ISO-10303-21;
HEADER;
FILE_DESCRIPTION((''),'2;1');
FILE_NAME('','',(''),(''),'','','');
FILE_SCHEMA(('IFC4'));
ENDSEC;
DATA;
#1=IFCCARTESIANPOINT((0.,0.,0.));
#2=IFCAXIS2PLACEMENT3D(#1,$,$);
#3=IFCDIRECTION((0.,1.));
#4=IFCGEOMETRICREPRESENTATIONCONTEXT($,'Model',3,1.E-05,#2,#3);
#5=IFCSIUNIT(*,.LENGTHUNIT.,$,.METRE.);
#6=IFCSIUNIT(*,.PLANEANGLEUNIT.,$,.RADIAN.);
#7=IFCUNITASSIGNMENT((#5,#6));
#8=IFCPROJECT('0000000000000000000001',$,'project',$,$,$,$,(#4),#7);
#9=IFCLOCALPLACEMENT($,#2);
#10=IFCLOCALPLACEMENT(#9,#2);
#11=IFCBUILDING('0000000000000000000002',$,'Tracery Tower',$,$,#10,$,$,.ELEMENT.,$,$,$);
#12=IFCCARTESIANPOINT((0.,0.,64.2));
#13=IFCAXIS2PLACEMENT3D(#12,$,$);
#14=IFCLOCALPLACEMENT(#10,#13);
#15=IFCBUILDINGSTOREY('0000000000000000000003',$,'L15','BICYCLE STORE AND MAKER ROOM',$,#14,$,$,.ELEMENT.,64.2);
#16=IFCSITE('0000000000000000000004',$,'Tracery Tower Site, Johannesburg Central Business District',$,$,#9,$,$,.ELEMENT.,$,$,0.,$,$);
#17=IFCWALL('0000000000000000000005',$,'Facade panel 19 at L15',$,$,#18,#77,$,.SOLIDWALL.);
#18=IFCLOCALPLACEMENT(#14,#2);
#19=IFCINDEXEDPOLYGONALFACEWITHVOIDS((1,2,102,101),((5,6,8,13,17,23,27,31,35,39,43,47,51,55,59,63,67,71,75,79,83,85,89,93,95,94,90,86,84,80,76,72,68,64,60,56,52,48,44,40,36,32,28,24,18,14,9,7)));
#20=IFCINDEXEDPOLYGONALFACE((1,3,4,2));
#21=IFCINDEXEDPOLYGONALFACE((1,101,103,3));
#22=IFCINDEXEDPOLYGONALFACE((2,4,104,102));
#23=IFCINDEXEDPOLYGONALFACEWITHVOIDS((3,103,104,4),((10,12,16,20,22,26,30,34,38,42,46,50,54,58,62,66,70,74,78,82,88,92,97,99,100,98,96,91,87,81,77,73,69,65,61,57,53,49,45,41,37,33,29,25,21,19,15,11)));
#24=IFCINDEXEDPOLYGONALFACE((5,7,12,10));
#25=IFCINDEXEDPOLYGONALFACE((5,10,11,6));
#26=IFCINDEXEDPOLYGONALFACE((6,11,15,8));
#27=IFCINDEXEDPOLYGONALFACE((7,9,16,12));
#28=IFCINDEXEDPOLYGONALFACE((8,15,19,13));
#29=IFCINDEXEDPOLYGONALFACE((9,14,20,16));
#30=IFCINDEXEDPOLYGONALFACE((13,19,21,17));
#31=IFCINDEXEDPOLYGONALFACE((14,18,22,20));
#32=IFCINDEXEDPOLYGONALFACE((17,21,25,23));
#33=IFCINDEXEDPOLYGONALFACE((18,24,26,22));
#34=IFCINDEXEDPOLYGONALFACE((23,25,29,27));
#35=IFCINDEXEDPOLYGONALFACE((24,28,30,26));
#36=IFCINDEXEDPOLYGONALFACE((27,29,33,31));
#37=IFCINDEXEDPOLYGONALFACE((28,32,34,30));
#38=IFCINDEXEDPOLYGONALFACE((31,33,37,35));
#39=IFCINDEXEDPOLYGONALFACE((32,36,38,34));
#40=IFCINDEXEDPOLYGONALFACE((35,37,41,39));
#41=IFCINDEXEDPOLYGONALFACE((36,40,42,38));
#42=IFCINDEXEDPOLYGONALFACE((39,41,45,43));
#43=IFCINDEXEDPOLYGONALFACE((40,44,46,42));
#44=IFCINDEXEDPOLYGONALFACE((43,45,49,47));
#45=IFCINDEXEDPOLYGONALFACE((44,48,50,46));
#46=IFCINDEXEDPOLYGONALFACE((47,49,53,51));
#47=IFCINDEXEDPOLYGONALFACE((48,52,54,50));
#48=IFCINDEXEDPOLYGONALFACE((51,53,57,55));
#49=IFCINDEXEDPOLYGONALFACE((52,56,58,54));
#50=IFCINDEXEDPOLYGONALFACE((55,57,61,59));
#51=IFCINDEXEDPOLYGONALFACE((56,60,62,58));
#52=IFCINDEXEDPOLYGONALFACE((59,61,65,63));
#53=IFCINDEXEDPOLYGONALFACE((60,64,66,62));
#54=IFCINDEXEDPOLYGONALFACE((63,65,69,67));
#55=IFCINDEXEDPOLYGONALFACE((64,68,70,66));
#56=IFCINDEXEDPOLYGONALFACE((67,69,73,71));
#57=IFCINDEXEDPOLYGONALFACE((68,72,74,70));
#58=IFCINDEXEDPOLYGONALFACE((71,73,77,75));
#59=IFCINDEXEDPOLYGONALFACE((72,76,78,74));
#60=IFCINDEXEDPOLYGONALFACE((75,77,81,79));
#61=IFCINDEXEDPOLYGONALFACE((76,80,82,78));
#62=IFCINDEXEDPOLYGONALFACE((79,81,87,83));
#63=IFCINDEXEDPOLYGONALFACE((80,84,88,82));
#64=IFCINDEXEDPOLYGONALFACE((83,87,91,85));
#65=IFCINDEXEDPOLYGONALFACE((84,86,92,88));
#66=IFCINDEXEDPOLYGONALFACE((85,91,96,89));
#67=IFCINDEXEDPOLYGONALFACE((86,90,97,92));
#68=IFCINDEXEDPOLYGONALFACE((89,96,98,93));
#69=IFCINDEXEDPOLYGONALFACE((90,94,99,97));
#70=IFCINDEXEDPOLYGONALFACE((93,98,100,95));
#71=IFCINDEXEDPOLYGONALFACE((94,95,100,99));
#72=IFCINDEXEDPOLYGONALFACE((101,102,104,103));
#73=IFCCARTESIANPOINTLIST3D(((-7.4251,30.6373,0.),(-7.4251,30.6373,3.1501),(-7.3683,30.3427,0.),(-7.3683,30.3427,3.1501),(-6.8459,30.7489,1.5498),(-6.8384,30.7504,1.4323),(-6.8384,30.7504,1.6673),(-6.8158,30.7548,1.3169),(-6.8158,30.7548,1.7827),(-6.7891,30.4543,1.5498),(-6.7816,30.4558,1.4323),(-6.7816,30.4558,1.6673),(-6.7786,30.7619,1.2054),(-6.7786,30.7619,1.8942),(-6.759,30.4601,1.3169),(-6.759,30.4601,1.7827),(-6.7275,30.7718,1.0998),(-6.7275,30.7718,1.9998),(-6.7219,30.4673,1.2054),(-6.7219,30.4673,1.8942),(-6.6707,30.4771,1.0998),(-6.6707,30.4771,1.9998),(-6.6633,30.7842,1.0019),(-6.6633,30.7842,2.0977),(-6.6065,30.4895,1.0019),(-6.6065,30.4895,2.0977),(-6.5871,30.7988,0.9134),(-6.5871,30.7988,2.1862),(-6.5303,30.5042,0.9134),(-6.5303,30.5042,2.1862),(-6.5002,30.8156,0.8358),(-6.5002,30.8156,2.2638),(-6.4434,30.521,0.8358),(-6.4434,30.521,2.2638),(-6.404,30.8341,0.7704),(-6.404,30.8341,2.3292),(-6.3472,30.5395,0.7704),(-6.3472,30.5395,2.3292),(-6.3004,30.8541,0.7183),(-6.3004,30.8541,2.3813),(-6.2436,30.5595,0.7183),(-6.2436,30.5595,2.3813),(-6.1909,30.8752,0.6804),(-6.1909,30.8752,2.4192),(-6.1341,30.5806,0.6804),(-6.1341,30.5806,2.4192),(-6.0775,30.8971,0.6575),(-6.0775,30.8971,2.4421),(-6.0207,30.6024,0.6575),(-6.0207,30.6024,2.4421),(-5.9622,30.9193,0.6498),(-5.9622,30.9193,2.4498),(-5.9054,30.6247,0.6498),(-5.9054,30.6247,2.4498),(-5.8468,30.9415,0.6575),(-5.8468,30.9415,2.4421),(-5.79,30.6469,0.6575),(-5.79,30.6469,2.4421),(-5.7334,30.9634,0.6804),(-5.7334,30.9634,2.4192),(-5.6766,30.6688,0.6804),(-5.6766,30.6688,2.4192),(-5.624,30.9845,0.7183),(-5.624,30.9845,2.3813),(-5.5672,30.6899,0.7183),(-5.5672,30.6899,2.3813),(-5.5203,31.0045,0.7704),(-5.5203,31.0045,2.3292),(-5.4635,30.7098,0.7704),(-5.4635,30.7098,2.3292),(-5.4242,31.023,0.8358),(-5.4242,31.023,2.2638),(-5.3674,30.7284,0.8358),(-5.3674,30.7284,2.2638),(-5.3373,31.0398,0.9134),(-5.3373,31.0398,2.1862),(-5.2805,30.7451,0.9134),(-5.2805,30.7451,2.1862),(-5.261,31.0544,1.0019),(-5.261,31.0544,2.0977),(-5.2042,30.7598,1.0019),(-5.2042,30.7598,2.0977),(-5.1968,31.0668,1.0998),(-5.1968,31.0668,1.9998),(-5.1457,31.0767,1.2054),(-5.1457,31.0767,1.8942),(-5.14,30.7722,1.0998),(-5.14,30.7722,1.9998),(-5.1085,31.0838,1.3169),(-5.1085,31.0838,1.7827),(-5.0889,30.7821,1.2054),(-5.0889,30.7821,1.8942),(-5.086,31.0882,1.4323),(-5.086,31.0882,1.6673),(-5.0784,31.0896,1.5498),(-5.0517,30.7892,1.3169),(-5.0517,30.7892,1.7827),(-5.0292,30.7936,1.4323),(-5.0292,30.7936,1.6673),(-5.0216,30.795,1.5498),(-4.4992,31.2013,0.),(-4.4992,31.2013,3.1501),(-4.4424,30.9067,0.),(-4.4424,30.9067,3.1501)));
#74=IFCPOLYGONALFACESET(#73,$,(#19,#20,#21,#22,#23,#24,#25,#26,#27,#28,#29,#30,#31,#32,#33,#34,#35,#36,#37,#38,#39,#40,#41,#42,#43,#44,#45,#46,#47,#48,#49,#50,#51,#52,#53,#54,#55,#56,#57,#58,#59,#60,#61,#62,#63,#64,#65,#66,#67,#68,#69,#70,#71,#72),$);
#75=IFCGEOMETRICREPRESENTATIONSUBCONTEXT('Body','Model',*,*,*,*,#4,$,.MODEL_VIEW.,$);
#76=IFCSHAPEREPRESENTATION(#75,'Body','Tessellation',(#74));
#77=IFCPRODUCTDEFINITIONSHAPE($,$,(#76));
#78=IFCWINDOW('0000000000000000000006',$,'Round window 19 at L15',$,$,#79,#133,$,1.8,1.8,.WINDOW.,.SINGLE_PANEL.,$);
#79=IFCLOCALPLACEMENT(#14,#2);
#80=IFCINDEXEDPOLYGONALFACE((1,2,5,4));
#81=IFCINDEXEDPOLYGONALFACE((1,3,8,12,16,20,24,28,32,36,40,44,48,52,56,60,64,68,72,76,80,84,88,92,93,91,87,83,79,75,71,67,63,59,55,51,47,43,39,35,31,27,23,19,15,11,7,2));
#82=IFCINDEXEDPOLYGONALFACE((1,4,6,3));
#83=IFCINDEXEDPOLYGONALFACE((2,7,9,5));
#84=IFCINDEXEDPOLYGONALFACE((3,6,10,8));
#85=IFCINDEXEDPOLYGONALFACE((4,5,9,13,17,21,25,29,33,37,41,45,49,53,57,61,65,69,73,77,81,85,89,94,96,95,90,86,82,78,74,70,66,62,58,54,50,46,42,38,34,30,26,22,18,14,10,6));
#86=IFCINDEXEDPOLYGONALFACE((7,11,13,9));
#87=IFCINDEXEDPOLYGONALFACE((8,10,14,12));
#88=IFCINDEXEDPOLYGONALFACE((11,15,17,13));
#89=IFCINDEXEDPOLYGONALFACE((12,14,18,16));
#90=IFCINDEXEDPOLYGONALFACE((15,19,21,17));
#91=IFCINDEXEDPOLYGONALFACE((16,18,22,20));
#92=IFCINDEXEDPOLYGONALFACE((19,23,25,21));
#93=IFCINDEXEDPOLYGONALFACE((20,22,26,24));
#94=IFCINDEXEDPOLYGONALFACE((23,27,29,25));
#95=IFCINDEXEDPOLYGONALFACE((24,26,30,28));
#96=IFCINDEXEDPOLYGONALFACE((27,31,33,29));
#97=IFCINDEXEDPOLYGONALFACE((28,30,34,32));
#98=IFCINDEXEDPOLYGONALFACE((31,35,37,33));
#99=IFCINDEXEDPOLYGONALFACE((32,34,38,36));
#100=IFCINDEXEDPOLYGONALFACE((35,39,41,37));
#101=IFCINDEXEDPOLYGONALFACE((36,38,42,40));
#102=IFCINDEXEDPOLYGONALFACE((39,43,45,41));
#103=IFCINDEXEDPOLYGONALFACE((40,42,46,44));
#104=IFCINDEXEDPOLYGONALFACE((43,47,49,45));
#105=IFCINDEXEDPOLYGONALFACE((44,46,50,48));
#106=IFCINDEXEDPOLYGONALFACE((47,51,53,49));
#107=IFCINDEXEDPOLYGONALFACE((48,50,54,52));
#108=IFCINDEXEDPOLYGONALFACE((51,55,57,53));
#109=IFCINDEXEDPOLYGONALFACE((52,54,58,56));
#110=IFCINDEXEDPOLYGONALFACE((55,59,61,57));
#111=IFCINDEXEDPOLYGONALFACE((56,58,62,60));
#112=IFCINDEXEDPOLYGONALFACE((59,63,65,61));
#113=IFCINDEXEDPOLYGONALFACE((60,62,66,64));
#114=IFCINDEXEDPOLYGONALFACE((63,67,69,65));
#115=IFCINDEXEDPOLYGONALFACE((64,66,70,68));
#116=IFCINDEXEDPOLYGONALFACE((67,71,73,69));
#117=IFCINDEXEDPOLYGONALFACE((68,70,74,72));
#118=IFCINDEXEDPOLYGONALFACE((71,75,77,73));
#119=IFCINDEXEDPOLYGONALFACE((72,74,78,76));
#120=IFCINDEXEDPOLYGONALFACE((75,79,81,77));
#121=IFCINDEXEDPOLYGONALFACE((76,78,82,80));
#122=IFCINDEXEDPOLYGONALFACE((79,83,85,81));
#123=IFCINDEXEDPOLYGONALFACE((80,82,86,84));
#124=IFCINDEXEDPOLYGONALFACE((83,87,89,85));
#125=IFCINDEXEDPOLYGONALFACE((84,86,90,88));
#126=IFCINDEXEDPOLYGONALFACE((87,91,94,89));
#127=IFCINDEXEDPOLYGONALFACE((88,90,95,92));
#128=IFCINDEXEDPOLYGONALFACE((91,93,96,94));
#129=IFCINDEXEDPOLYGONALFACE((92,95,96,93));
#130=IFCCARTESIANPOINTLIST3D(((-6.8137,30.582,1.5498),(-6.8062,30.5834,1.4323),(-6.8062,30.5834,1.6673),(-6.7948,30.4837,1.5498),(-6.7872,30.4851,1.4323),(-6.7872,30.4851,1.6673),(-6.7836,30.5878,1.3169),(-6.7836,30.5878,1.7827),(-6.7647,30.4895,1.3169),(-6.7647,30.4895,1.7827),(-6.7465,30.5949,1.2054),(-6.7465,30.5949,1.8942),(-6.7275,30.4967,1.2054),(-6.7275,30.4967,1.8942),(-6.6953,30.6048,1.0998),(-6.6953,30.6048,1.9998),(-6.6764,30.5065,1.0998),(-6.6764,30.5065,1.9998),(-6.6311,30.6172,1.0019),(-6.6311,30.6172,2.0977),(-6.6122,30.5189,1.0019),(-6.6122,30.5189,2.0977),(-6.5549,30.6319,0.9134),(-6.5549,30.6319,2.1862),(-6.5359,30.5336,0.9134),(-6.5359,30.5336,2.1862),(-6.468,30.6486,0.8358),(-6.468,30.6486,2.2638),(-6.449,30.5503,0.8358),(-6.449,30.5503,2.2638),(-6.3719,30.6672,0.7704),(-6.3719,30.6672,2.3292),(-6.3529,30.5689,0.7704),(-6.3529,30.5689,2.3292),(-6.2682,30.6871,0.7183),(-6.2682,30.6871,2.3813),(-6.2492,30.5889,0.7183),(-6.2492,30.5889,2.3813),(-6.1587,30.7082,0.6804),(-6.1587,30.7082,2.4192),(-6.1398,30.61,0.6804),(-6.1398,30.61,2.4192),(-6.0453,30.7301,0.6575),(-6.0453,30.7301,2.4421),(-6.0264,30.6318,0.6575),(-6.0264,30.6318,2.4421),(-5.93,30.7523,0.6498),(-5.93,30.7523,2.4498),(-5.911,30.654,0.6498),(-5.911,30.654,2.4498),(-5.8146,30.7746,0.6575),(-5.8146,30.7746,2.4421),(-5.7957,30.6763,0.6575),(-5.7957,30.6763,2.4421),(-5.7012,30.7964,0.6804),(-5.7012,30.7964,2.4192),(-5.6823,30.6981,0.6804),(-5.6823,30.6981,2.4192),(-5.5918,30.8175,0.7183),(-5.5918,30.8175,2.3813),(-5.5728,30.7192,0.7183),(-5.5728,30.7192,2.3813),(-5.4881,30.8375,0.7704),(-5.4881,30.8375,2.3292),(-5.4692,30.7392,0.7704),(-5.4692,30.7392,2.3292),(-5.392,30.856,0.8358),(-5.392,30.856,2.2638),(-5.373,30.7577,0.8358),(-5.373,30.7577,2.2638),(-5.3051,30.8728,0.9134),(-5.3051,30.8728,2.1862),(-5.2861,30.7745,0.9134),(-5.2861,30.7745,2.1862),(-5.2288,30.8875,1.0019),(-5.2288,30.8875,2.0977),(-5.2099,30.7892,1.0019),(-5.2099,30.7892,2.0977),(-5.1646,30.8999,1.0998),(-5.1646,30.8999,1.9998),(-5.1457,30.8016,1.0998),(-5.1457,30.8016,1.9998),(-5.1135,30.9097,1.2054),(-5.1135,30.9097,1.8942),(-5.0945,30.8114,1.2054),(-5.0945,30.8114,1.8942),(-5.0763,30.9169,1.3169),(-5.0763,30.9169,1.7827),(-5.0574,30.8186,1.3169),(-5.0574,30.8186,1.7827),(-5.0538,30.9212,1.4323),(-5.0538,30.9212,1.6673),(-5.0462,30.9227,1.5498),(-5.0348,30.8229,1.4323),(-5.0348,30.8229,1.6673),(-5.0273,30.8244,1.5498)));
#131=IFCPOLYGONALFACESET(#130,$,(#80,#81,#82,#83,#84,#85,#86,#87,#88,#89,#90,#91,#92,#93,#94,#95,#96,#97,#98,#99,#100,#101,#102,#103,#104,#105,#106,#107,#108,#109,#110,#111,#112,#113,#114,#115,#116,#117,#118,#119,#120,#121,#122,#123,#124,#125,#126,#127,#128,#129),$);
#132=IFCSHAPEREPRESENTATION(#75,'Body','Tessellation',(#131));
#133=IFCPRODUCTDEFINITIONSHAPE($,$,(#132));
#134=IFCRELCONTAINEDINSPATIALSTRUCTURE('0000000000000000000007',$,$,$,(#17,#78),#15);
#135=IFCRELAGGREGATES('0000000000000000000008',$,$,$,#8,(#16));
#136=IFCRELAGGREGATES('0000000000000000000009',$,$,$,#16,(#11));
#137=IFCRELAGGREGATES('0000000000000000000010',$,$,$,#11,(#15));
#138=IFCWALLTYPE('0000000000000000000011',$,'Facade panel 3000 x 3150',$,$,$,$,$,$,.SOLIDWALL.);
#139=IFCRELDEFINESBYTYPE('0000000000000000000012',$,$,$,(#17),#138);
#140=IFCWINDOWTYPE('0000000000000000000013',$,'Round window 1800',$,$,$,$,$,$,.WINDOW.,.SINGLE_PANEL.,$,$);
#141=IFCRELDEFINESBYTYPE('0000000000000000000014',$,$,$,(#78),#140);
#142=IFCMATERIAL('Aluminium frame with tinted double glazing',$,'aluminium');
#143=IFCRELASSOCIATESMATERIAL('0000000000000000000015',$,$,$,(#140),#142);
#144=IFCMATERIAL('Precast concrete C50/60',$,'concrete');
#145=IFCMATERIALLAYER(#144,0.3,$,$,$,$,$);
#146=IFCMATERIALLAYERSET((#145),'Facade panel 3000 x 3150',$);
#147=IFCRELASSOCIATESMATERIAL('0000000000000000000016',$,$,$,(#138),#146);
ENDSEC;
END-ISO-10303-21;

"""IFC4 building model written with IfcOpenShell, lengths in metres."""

from ifc_helpers import new_model, si_unit, direction, frame, frame_2d, origin, origin_2d, place, context, subcontext, project, spatial, rectangle, circle, extrude, material, layer, layer_set, type_object, element, fill, save


model = new_model("IFC4")

# Units and contexts
model_context = context("Model", 3, precision=1e-05, world=origin(), true_north=direction((0.0, 1.0)))
body_context = subcontext(model_context, "Body", "Model", "MODEL_VIEW")
ifc_project = project(units=[si_unit("LENGTHUNIT", "METRE"), si_unit("PLANEANGLEUNIT", "RADIAN")], contexts=[model_context])

# Site, building, storey
site_placement = place(None, origin())
site = spatial("IfcSite", under=ifc_project, at=site_placement, Name="Tracery Tower Site, Johannesburg Central Business District", CompositionType="ELEMENT", RefElevation=0.0)
building_placement = place(site_placement, origin())
building = spatial("IfcBuilding", under=site, at=building_placement, Name="Tracery Tower", CompositionType="ELEMENT")
storey_placement = place(building_placement, frame((0.0, 0.0, 64.2)))
storey = spatial("IfcBuildingStorey", under=building, at=storey_placement, Name="L15", Description="BICYCLE STORE AND MAKER ROOM", CompositionType="ELEMENT", Elevation=64.2)

# Wall, opening, window
ifc_material_1 = material(Name="Aluminium frame with tinted double glazing", Category="aluminium")
window_type = type_object("IfcWindowType", Name="Round window 1800", PartitioningType="SINGLE_PANEL", PredefinedType="WINDOW", material=ifc_material_1)
ifc_material_2 = material(Name="Precast concrete C50/60", Category="concrete")
ifc_layer_1 = layer(ifc_material_2, 0.3)
ifc_layer_set_1 = layer_set([ifc_layer_1], Name="Facade panel 3000 x 3150")
wall_type_1 = type_object("IfcWallType", Name="Facade panel 3000 x 3150", PredefinedType="SOLIDWALL", material=ifc_layer_set_1)
wall_1_placement = place(storey_placement, frame((-4.4709, 31.054, 0.0), z_axis=(0.0, 0.0, 1.0), x_axis=(-0.981925, -0.189273, 0.0)))
wall_1 = element("IfcWall", 1, at=wall_1_placement, inside=storey, type_object=wall_type_1, Name="Facade panel 19 at L15", PredefinedType="SOLIDWALL", context=body_context, shape_type="SweptSolid", body=[
    extrude(rectangle(XDim=2.9797, YDim=0.3, at=frame_2d((1.4897, 0.0))), origin(), (0.0, 0.0, 1.0), 3.1501),
])
opening_1_placement = place(wall_1_placement, frame((1.4897, 0.0, 1.5498)))
opening_1 = element("IfcOpeningElement", 2, at=opening_1_placement, cuts=wall_1, PredefinedType="OPENING", context=body_context, shape_type="SweptSolid", body=[
    extrude(circle(Radius=0.9, at=origin_2d()), frame((0.0, 0.1599, 0.0), z_axis=(0.0, -1.0, 0.0), x_axis=(1.0, 0.0, 0.0)), (0.0, 0.0, 1.0), 0.3201),
])
window_1_placement = place(opening_1_placement, origin())
window_1 = element("IfcWindow", 3, at=window_1_placement, inside=storey, type_object=window_type, Name="Round window 19 at L15", OverallHeight=1.8, OverallWidth=1.8, PartitioningType="SINGLE_PANEL", PredefinedType="WINDOW", context=body_context, shape_type="SweptSolid", body=[
    extrude(circle(Radius=0.9, at=origin_2d()), frame((0.0, 0.1201, 0.0), z_axis=(0.0, -1.0, 0.0), x_axis=(1.0, 0.0, 0.0)), (0.0, 0.0, 1.0), 0.1001),
])
fill(opening_1, window_1)

save(model, "model.ifc")
